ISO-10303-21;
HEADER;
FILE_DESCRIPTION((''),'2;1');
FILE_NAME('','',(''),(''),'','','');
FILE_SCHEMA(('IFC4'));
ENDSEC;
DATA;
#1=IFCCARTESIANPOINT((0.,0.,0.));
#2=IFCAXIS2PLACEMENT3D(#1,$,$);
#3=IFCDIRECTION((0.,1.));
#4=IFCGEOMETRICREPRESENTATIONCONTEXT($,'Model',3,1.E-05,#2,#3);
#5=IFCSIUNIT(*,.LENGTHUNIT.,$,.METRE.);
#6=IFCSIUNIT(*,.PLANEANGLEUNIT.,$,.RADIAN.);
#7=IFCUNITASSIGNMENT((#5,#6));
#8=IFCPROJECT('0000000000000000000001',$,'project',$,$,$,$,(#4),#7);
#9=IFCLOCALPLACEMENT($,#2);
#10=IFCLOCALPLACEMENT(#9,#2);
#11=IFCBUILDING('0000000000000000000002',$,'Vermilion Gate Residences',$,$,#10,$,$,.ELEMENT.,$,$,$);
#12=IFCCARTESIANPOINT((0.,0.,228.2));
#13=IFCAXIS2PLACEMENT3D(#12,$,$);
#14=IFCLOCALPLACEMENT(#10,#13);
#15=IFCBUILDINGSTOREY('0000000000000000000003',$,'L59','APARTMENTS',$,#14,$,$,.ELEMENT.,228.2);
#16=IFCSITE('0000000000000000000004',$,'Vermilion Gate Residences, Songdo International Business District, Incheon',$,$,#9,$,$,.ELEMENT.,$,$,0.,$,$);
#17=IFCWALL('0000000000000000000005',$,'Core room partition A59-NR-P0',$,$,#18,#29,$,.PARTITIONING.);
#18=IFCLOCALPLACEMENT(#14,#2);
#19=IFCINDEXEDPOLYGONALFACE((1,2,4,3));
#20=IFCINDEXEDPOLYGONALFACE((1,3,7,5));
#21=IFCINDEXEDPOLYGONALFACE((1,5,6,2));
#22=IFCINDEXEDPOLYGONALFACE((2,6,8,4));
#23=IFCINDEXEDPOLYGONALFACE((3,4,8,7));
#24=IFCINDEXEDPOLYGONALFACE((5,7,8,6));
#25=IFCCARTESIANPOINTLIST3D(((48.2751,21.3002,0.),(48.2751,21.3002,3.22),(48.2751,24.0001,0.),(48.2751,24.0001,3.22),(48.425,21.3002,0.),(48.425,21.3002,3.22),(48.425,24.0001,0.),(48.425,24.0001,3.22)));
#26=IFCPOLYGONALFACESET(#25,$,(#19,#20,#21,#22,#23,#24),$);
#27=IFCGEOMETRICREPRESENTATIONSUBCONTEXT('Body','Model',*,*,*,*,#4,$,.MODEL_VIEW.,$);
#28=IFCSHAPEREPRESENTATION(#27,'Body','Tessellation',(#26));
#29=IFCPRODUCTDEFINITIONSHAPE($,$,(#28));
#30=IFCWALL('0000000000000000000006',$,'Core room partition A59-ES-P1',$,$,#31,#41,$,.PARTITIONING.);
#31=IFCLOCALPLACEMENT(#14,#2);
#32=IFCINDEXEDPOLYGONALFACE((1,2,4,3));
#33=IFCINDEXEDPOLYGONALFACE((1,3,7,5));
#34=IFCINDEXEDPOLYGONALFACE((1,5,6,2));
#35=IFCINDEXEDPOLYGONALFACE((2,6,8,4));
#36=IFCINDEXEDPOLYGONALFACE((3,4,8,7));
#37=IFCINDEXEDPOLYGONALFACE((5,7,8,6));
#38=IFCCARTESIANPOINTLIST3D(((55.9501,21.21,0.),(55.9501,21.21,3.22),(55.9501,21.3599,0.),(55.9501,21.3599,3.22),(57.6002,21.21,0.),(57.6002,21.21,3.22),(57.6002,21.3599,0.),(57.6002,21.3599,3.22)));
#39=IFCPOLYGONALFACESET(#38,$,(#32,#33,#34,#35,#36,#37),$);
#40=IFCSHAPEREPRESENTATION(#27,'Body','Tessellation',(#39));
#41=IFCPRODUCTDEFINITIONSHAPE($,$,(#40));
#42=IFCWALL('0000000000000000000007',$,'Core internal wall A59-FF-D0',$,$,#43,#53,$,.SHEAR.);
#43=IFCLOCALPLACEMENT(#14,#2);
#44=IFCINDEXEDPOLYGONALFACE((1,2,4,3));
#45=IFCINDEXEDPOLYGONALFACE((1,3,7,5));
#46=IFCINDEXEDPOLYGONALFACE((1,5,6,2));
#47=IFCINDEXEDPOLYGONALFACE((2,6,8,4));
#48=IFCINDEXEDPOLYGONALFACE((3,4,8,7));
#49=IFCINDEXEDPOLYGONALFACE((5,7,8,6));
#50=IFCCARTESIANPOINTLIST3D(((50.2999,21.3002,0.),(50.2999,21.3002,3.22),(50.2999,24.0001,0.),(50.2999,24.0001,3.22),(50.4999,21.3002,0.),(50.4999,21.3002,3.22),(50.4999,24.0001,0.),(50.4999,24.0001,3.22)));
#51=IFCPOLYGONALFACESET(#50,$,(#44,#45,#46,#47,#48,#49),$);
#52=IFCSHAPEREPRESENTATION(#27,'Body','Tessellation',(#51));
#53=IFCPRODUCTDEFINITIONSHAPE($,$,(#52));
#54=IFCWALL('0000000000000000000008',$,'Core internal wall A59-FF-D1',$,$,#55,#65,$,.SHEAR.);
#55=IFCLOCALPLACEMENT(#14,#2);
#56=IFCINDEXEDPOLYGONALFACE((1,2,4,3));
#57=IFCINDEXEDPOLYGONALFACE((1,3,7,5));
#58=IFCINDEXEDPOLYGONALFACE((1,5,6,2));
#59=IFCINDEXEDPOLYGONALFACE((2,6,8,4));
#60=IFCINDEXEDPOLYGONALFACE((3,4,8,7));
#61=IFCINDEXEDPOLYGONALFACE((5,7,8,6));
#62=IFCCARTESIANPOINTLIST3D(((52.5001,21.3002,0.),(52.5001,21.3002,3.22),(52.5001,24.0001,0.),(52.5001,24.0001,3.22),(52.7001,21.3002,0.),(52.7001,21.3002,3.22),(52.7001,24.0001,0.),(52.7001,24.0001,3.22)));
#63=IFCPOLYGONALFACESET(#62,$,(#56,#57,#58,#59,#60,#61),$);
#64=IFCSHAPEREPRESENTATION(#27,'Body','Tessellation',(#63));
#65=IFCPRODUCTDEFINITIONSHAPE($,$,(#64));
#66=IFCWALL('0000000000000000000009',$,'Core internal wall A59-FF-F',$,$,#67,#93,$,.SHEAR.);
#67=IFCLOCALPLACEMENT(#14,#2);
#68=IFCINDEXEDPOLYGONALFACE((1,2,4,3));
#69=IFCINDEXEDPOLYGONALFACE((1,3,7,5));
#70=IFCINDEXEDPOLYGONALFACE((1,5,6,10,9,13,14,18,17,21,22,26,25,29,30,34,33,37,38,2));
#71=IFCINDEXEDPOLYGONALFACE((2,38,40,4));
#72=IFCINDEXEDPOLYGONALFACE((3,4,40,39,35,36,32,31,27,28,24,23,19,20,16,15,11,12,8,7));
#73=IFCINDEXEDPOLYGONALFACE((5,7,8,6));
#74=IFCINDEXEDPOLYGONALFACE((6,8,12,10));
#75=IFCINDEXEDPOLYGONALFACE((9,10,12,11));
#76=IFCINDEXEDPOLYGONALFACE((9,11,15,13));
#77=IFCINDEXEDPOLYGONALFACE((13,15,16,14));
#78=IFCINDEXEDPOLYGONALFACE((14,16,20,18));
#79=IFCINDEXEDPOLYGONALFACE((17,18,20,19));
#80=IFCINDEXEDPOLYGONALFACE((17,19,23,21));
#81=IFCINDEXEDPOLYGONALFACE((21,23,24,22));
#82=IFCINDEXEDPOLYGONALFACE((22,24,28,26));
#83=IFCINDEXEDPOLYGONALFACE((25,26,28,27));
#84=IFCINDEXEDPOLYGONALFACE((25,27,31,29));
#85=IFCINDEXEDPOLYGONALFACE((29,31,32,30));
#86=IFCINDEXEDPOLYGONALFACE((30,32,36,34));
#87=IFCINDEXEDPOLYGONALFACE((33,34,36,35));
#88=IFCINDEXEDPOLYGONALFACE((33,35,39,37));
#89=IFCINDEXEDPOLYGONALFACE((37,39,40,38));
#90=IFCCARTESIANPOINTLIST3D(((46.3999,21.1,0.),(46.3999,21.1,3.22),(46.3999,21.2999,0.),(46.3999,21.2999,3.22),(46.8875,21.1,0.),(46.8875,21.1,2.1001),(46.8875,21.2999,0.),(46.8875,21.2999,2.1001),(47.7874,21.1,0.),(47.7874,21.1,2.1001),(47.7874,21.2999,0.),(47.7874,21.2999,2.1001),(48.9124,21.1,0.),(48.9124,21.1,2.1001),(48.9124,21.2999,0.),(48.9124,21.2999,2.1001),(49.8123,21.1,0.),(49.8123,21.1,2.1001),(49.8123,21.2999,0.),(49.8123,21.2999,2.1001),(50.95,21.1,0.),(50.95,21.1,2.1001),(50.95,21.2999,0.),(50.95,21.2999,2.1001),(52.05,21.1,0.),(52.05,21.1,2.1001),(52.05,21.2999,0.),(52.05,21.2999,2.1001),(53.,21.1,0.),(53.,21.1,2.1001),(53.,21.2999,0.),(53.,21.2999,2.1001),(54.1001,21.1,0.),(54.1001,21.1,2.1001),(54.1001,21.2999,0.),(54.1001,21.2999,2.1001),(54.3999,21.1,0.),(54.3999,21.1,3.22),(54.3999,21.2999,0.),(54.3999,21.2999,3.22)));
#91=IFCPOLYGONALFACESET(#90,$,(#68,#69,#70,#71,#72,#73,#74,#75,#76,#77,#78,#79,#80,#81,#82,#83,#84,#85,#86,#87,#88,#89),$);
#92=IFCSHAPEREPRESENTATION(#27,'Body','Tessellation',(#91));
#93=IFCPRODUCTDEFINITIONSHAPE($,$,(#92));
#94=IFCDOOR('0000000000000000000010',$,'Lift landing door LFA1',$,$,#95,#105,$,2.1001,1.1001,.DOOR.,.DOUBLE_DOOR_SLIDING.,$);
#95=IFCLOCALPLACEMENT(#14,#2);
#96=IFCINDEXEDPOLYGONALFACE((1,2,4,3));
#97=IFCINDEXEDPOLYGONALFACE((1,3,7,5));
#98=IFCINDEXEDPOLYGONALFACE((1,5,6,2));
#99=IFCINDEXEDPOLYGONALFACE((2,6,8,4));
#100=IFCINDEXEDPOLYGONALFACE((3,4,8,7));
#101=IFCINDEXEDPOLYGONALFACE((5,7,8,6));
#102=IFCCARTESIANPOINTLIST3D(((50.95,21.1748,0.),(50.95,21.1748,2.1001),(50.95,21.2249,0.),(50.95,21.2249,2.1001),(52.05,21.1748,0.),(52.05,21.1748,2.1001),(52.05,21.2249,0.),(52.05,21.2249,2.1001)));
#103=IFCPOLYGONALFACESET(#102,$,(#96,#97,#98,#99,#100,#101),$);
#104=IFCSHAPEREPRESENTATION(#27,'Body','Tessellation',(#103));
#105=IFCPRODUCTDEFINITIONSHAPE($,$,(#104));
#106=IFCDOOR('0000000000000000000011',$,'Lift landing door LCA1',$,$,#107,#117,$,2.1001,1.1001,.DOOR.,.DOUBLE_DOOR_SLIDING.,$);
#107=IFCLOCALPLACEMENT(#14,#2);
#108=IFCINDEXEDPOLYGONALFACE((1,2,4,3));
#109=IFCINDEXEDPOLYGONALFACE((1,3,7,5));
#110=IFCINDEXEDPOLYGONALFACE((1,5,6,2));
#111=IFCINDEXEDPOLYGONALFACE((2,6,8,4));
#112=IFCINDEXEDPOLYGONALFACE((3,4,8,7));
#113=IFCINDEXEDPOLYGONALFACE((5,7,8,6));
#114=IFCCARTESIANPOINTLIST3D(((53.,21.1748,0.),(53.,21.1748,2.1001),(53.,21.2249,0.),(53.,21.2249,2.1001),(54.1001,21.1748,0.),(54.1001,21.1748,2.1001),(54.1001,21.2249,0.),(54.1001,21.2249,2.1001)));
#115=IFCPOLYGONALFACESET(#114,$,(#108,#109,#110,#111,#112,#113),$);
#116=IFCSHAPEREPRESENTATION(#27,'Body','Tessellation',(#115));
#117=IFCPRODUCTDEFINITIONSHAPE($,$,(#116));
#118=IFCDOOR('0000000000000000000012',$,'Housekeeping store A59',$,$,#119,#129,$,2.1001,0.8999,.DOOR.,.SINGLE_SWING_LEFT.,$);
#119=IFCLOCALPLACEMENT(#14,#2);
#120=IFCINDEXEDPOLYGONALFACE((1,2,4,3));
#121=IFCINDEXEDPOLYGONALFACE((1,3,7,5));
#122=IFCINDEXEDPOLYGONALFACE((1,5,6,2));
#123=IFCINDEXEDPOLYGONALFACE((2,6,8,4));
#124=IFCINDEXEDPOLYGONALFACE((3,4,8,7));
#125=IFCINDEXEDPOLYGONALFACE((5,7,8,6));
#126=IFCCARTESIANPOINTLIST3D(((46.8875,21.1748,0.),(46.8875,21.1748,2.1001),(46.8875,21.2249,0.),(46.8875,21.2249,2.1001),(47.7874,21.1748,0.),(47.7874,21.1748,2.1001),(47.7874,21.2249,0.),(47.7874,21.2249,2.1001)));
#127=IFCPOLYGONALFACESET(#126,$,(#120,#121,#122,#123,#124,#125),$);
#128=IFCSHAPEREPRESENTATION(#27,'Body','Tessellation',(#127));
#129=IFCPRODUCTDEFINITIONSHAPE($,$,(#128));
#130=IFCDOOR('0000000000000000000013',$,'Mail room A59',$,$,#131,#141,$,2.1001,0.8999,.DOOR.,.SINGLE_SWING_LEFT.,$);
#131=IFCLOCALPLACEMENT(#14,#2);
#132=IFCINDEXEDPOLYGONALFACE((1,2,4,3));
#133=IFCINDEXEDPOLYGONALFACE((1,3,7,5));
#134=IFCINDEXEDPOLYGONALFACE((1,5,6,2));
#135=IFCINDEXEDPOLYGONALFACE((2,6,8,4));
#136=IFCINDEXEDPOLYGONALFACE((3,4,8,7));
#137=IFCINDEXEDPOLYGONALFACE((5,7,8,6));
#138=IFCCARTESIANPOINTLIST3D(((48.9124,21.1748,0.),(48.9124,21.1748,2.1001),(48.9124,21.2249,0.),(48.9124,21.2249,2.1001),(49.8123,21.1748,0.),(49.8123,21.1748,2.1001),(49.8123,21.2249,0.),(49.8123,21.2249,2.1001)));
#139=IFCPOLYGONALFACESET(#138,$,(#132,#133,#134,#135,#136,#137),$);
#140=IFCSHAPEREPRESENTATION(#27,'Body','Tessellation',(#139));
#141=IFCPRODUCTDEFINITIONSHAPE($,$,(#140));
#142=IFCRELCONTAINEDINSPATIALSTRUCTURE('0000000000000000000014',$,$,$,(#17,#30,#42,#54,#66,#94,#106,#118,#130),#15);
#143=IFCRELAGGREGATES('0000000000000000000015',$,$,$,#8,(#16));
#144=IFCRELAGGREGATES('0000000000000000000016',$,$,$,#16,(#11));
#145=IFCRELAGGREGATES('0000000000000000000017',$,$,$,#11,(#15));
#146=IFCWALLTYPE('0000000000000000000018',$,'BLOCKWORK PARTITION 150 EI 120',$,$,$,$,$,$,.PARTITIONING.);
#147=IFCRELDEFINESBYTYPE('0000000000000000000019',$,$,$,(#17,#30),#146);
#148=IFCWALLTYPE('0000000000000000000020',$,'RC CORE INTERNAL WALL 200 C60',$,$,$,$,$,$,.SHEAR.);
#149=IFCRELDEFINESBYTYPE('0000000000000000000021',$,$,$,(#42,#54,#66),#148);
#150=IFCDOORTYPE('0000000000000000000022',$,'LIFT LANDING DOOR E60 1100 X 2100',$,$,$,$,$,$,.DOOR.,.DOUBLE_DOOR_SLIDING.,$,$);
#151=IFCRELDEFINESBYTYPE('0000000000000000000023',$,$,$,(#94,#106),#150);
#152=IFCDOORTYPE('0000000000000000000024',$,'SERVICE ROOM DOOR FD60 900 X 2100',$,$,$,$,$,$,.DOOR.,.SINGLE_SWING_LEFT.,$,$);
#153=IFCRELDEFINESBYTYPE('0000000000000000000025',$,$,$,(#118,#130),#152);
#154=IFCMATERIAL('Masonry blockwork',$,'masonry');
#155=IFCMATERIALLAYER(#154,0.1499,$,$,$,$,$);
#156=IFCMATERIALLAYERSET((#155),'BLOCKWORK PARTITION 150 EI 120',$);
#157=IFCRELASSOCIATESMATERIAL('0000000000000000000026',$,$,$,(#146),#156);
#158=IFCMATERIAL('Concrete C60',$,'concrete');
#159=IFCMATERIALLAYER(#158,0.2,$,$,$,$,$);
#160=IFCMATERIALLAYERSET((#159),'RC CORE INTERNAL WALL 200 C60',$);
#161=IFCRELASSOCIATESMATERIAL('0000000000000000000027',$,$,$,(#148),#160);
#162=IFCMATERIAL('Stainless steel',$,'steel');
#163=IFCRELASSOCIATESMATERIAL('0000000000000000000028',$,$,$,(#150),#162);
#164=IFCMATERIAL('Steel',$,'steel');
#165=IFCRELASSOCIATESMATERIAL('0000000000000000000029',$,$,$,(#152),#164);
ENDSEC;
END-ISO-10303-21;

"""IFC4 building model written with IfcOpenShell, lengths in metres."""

from ifc_helpers import new_model, si_unit, direction, frame, frame_2d, origin, place, context, subcontext, project, spatial, rectangle, extrude, material, layer, layer_set, type_object, element, fill, save


model = new_model("IFC4")

# Units and contexts
model_context = context("Model", 3, precision=1e-05, world=origin(), true_north=direction((0.0, 1.0)))
body_context = subcontext(model_context, "Body", "Model", "MODEL_VIEW")
ifc_project = project(units=[si_unit("LENGTHUNIT", "METRE"), si_unit("PLANEANGLEUNIT", "RADIAN")], contexts=[model_context])

# Site, building, storey
site_placement = place(None, origin())
site = spatial("IfcSite", under=ifc_project, at=site_placement, Name="Vermilion Gate Residences, Songdo International Business District, Incheon", CompositionType="ELEMENT", RefElevation=0.0)
building_placement = place(site_placement, origin())
building = spatial("IfcBuilding", under=site, at=building_placement, Name="Vermilion Gate Residences", CompositionType="ELEMENT")
storey_placement = place(building_placement, frame((0.0, 0.0, 228.2)))
storey = spatial("IfcBuildingStorey", under=building, at=storey_placement, Name="L59", Description="APARTMENTS", CompositionType="ELEMENT", Elevation=228.2)

# Walls
ifc_material_1 = material(Name="Masonry blockwork", Category="masonry")
ifc_layer_1 = layer(ifc_material_1, 0.1499)
ifc_layer_set_1 = layer_set([ifc_layer_1], Name="BLOCKWORK PARTITION 150 EI 120")
wall_type_1 = type_object("IfcWallType", Name="BLOCKWORK PARTITION 150 EI 120", PredefinedType="PARTITIONING", material=ifc_layer_set_1)
wall_1_placement = place(storey_placement, frame((48.3501, 21.3, 0.0), z_axis=(0.0, 0.0, 1.0), x_axis=(0.0, 1.0, 0.0)))
element("IfcWall", 1, at=wall_1_placement, inside=storey, type_object=wall_type_1, Name="Core room partition A59-NR-P0", PredefinedType="PARTITIONING", context=body_context, shape_type="SweptSolid", body=[
    extrude(rectangle(XDim=2.7, YDim=0.1499, at=frame_2d((1.3501, 0.0))), origin(), (0.0, 0.0, 1.0), 3.22),
])
wall_2_placement = place(storey_placement, frame((55.95, 21.2849, 0.0), z_axis=(0.0, 0.0, 1.0), x_axis=(1.0, 0.0, 0.0)))
element("IfcWall", 2, at=wall_2_placement, inside=storey, type_object=wall_type_1, Name="Core room partition A59-ES-P1", PredefinedType="PARTITIONING", context=body_context, shape_type="SweptSolid", body=[
    extrude(rectangle(XDim=1.6501, YDim=0.1499, at=frame_2d((0.8252, 0.0))), origin(), (0.0, 0.0, 1.0), 3.22),
])
ifc_material_2 = material(Name="Concrete C60", Category="concrete")
ifc_layer_2 = layer(ifc_material_2, 0.2)
ifc_layer_set_2 = layer_set([ifc_layer_2], Name="RC CORE INTERNAL WALL 200 C60")
wall_type_2 = type_object("IfcWallType", Name="RC CORE INTERNAL WALL 200 C60", PredefinedType="SHEAR", material=ifc_layer_set_2)
for number, where, z_axis, x_axis, name in (
    (3, (50.3999, 21.3, 0.0), (0.0, 0.0, 1.0), (0.0, 1.0, 0.0), "Core internal wall A59-FF-D0"),
    (4, (52.6001, 21.3, 0.0), (0.0, 0.0, 1.0), (0.0, 1.0, 0.0), "Core internal wall A59-FF-D1"),
):
    element("IfcWall", number, at=place(storey_placement, frame(where, z_axis=z_axis, x_axis=x_axis)), inside=storey, type_object=wall_type_2, Name=name, PredefinedType="SHEAR", context=body_context, shape_type="SweptSolid", body=[
        extrude(rectangle(XDim=2.7, YDim=0.2, at=frame_2d((1.3501, 0.0))), origin(), (0.0, 0.0, 1.0), 3.22),
    ])

# Wall, openings, doors
wall_3_placement = place(storey_placement, frame((46.3999, 21.2, 0.0), z_axis=(0.0, 0.0, 1.0), x_axis=(1.0, 0.0, 0.0)))
wall_3 = element("IfcWall", 5, at=wall_3_placement, inside=storey, type_object=wall_type_2, Name="Core internal wall A59-FF-F", PredefinedType="SHEAR", context=body_context, shape_type="SweptSolid", body=[
    extrude(rectangle(XDim=8.0, YDim=0.2, at=frame_2d((4.0, 0.0))), origin(), (0.0, 0.0, 1.0), 3.22),
])
opening_1_placement = place(wall_3_placement, frame((0.4875, 0.0, 0.0)))
opening_1 = element("IfcOpeningElement", 6, at=opening_1_placement, cuts=wall_3, PredefinedType="OPENING", context=body_context, shape_type="SweptSolid", body=[
    extrude(rectangle(XDim=0.8999, YDim=2.1001, at=frame_2d((0.45, 1.05))), frame((0.0, 0.1099, 0.0), z_axis=(0.0, -1.0, 0.0), x_axis=(1.0, 0.0, 0.0)), (0.0, 0.0, 1.0), 0.22),
])
opening_2_placement = place(wall_3_placement, frame((2.5125, 0.0, 0.0)))
opening_2 = element("IfcOpeningElement", 7, at=opening_2_placement, cuts=wall_3, PredefinedType="OPENING", context=body_context, shape_type="SweptSolid", body=[
    extrude(rectangle(XDim=0.8999, YDim=2.1001, at=frame_2d((0.45, 1.05))), frame((0.0, 0.1099, 0.0), z_axis=(0.0, -1.0, 0.0), x_axis=(1.0, 0.0, 0.0)), (0.0, 0.0, 1.0), 0.22),
])
opening_3_placement = place(wall_3_placement, frame((4.55, 0.0, 0.0)))
opening_3 = element("IfcOpeningElement", 8, at=opening_3_placement, cuts=wall_3, PredefinedType="OPENING", context=body_context, shape_type="SweptSolid", body=[
    extrude(rectangle(XDim=1.1001, YDim=2.1001, at=frame_2d((0.55, 1.05))), frame((0.0, 0.1099, 0.0), z_axis=(0.0, -1.0, 0.0), x_axis=(1.0, 0.0, 0.0)), (0.0, 0.0, 1.0), 0.22),
])
opening_4_placement = place(wall_3_placement, frame((6.6001, 0.0, 0.0)))
opening_4 = element("IfcOpeningElement", 9, at=opening_4_placement, cuts=wall_3, PredefinedType="OPENING", context=body_context, shape_type="SweptSolid", body=[
    extrude(rectangle(XDim=1.1001, YDim=2.1001, at=frame_2d((0.55, 1.05))), frame((0.0, 0.1099, 0.0), z_axis=(0.0, -1.0, 0.0), x_axis=(1.0, 0.0, 0.0)), (0.0, 0.0, 1.0), 0.22),
])
ifc_material_3 = material(Name="Stainless steel", Category="steel")
door_type_1 = type_object("IfcDoorType", Name="LIFT LANDING DOOR E60 1100 X 2100", OperationType="DOUBLE_DOOR_SLIDING", PredefinedType="DOOR", material=ifc_material_3)
door_1_placement = place(opening_3_placement, origin())
door_1 = element("IfcDoor", 10, at=door_1_placement, inside=storey, type_object=door_type_1, Name="Lift landing door LFA1", OperationType="DOUBLE_DOOR_SLIDING", OverallHeight=2.1001, OverallWidth=1.1001, PredefinedType="DOOR", context=body_context, shape_type="SweptSolid", body=[
    extrude(rectangle(XDim=1.1001, YDim=2.1001, at=frame_2d((0.55, 1.05))), frame((0.0, 0.0249, 0.0), z_axis=(0.0, -1.0, 0.0), x_axis=(1.0, 0.0, 0.0)), (0.0, 0.0, 1.0), 0.05),
])
fill(opening_3, door_1)
door_2_placement = place(opening_4_placement, origin())
door_2 = element("IfcDoor", 11, at=door_2_placement, inside=storey, type_object=door_type_1, Name="Lift landing door LCA1", OperationType="DOUBLE_DOOR_SLIDING", OverallHeight=2.1001, OverallWidth=1.1001, PredefinedType="DOOR", context=body_context, shape_type="SweptSolid", body=[
    extrude(rectangle(XDim=1.1001, YDim=2.1001, at=frame_2d((0.55, 1.05))), frame((0.0, 0.0249, 0.0), z_axis=(0.0, -1.0, 0.0), x_axis=(1.0, 0.0, 0.0)), (0.0, 0.0, 1.0), 0.05),
])
fill(opening_4, door_2)
ifc_material_4 = material(Name="Steel", Category="steel")
door_type_2 = type_object("IfcDoorType", Name="SERVICE ROOM DOOR FD60 900 X 2100", OperationType="SINGLE_SWING_LEFT", PredefinedType="DOOR", material=ifc_material_4)
door_3_placement = place(opening_1_placement, origin())
door_3 = element("IfcDoor", 12, at=door_3_placement, inside=storey, type_object=door_type_2, Name="Housekeeping store A59", OperationType="SINGLE_SWING_LEFT", OverallHeight=2.1001, OverallWidth=0.8999, PredefinedType="DOOR", context=body_context, shape_type="SweptSolid", body=[
    extrude(rectangle(XDim=0.8999, YDim=2.1001, at=frame_2d((0.45, 1.05))), frame((0.0, 0.0249, 0.0), z_axis=(0.0, -1.0, 0.0), x_axis=(1.0, 0.0, 0.0)), (0.0, 0.0, 1.0), 0.05),
])
fill(opening_1, door_3)
door_4_placement = place(opening_2_placement, origin())
door_4 = element("IfcDoor", 13, at=door_4_placement, inside=storey, type_object=door_type_2, Name="Mail room A59", OperationType="SINGLE_SWING_LEFT", OverallHeight=2.1001, OverallWidth=0.8999, PredefinedType="DOOR", context=body_context, shape_type="SweptSolid", body=[
    extrude(rectangle(XDim=0.8999, YDim=2.1001, at=frame_2d((0.45, 1.05))), frame((0.0, 0.0249, 0.0), z_axis=(0.0, -1.0, 0.0), x_axis=(1.0, 0.0, 0.0)), (0.0, 0.0, 1.0), 0.05),
])
fill(opening_2, door_4)

save(model, "model.ifc")
